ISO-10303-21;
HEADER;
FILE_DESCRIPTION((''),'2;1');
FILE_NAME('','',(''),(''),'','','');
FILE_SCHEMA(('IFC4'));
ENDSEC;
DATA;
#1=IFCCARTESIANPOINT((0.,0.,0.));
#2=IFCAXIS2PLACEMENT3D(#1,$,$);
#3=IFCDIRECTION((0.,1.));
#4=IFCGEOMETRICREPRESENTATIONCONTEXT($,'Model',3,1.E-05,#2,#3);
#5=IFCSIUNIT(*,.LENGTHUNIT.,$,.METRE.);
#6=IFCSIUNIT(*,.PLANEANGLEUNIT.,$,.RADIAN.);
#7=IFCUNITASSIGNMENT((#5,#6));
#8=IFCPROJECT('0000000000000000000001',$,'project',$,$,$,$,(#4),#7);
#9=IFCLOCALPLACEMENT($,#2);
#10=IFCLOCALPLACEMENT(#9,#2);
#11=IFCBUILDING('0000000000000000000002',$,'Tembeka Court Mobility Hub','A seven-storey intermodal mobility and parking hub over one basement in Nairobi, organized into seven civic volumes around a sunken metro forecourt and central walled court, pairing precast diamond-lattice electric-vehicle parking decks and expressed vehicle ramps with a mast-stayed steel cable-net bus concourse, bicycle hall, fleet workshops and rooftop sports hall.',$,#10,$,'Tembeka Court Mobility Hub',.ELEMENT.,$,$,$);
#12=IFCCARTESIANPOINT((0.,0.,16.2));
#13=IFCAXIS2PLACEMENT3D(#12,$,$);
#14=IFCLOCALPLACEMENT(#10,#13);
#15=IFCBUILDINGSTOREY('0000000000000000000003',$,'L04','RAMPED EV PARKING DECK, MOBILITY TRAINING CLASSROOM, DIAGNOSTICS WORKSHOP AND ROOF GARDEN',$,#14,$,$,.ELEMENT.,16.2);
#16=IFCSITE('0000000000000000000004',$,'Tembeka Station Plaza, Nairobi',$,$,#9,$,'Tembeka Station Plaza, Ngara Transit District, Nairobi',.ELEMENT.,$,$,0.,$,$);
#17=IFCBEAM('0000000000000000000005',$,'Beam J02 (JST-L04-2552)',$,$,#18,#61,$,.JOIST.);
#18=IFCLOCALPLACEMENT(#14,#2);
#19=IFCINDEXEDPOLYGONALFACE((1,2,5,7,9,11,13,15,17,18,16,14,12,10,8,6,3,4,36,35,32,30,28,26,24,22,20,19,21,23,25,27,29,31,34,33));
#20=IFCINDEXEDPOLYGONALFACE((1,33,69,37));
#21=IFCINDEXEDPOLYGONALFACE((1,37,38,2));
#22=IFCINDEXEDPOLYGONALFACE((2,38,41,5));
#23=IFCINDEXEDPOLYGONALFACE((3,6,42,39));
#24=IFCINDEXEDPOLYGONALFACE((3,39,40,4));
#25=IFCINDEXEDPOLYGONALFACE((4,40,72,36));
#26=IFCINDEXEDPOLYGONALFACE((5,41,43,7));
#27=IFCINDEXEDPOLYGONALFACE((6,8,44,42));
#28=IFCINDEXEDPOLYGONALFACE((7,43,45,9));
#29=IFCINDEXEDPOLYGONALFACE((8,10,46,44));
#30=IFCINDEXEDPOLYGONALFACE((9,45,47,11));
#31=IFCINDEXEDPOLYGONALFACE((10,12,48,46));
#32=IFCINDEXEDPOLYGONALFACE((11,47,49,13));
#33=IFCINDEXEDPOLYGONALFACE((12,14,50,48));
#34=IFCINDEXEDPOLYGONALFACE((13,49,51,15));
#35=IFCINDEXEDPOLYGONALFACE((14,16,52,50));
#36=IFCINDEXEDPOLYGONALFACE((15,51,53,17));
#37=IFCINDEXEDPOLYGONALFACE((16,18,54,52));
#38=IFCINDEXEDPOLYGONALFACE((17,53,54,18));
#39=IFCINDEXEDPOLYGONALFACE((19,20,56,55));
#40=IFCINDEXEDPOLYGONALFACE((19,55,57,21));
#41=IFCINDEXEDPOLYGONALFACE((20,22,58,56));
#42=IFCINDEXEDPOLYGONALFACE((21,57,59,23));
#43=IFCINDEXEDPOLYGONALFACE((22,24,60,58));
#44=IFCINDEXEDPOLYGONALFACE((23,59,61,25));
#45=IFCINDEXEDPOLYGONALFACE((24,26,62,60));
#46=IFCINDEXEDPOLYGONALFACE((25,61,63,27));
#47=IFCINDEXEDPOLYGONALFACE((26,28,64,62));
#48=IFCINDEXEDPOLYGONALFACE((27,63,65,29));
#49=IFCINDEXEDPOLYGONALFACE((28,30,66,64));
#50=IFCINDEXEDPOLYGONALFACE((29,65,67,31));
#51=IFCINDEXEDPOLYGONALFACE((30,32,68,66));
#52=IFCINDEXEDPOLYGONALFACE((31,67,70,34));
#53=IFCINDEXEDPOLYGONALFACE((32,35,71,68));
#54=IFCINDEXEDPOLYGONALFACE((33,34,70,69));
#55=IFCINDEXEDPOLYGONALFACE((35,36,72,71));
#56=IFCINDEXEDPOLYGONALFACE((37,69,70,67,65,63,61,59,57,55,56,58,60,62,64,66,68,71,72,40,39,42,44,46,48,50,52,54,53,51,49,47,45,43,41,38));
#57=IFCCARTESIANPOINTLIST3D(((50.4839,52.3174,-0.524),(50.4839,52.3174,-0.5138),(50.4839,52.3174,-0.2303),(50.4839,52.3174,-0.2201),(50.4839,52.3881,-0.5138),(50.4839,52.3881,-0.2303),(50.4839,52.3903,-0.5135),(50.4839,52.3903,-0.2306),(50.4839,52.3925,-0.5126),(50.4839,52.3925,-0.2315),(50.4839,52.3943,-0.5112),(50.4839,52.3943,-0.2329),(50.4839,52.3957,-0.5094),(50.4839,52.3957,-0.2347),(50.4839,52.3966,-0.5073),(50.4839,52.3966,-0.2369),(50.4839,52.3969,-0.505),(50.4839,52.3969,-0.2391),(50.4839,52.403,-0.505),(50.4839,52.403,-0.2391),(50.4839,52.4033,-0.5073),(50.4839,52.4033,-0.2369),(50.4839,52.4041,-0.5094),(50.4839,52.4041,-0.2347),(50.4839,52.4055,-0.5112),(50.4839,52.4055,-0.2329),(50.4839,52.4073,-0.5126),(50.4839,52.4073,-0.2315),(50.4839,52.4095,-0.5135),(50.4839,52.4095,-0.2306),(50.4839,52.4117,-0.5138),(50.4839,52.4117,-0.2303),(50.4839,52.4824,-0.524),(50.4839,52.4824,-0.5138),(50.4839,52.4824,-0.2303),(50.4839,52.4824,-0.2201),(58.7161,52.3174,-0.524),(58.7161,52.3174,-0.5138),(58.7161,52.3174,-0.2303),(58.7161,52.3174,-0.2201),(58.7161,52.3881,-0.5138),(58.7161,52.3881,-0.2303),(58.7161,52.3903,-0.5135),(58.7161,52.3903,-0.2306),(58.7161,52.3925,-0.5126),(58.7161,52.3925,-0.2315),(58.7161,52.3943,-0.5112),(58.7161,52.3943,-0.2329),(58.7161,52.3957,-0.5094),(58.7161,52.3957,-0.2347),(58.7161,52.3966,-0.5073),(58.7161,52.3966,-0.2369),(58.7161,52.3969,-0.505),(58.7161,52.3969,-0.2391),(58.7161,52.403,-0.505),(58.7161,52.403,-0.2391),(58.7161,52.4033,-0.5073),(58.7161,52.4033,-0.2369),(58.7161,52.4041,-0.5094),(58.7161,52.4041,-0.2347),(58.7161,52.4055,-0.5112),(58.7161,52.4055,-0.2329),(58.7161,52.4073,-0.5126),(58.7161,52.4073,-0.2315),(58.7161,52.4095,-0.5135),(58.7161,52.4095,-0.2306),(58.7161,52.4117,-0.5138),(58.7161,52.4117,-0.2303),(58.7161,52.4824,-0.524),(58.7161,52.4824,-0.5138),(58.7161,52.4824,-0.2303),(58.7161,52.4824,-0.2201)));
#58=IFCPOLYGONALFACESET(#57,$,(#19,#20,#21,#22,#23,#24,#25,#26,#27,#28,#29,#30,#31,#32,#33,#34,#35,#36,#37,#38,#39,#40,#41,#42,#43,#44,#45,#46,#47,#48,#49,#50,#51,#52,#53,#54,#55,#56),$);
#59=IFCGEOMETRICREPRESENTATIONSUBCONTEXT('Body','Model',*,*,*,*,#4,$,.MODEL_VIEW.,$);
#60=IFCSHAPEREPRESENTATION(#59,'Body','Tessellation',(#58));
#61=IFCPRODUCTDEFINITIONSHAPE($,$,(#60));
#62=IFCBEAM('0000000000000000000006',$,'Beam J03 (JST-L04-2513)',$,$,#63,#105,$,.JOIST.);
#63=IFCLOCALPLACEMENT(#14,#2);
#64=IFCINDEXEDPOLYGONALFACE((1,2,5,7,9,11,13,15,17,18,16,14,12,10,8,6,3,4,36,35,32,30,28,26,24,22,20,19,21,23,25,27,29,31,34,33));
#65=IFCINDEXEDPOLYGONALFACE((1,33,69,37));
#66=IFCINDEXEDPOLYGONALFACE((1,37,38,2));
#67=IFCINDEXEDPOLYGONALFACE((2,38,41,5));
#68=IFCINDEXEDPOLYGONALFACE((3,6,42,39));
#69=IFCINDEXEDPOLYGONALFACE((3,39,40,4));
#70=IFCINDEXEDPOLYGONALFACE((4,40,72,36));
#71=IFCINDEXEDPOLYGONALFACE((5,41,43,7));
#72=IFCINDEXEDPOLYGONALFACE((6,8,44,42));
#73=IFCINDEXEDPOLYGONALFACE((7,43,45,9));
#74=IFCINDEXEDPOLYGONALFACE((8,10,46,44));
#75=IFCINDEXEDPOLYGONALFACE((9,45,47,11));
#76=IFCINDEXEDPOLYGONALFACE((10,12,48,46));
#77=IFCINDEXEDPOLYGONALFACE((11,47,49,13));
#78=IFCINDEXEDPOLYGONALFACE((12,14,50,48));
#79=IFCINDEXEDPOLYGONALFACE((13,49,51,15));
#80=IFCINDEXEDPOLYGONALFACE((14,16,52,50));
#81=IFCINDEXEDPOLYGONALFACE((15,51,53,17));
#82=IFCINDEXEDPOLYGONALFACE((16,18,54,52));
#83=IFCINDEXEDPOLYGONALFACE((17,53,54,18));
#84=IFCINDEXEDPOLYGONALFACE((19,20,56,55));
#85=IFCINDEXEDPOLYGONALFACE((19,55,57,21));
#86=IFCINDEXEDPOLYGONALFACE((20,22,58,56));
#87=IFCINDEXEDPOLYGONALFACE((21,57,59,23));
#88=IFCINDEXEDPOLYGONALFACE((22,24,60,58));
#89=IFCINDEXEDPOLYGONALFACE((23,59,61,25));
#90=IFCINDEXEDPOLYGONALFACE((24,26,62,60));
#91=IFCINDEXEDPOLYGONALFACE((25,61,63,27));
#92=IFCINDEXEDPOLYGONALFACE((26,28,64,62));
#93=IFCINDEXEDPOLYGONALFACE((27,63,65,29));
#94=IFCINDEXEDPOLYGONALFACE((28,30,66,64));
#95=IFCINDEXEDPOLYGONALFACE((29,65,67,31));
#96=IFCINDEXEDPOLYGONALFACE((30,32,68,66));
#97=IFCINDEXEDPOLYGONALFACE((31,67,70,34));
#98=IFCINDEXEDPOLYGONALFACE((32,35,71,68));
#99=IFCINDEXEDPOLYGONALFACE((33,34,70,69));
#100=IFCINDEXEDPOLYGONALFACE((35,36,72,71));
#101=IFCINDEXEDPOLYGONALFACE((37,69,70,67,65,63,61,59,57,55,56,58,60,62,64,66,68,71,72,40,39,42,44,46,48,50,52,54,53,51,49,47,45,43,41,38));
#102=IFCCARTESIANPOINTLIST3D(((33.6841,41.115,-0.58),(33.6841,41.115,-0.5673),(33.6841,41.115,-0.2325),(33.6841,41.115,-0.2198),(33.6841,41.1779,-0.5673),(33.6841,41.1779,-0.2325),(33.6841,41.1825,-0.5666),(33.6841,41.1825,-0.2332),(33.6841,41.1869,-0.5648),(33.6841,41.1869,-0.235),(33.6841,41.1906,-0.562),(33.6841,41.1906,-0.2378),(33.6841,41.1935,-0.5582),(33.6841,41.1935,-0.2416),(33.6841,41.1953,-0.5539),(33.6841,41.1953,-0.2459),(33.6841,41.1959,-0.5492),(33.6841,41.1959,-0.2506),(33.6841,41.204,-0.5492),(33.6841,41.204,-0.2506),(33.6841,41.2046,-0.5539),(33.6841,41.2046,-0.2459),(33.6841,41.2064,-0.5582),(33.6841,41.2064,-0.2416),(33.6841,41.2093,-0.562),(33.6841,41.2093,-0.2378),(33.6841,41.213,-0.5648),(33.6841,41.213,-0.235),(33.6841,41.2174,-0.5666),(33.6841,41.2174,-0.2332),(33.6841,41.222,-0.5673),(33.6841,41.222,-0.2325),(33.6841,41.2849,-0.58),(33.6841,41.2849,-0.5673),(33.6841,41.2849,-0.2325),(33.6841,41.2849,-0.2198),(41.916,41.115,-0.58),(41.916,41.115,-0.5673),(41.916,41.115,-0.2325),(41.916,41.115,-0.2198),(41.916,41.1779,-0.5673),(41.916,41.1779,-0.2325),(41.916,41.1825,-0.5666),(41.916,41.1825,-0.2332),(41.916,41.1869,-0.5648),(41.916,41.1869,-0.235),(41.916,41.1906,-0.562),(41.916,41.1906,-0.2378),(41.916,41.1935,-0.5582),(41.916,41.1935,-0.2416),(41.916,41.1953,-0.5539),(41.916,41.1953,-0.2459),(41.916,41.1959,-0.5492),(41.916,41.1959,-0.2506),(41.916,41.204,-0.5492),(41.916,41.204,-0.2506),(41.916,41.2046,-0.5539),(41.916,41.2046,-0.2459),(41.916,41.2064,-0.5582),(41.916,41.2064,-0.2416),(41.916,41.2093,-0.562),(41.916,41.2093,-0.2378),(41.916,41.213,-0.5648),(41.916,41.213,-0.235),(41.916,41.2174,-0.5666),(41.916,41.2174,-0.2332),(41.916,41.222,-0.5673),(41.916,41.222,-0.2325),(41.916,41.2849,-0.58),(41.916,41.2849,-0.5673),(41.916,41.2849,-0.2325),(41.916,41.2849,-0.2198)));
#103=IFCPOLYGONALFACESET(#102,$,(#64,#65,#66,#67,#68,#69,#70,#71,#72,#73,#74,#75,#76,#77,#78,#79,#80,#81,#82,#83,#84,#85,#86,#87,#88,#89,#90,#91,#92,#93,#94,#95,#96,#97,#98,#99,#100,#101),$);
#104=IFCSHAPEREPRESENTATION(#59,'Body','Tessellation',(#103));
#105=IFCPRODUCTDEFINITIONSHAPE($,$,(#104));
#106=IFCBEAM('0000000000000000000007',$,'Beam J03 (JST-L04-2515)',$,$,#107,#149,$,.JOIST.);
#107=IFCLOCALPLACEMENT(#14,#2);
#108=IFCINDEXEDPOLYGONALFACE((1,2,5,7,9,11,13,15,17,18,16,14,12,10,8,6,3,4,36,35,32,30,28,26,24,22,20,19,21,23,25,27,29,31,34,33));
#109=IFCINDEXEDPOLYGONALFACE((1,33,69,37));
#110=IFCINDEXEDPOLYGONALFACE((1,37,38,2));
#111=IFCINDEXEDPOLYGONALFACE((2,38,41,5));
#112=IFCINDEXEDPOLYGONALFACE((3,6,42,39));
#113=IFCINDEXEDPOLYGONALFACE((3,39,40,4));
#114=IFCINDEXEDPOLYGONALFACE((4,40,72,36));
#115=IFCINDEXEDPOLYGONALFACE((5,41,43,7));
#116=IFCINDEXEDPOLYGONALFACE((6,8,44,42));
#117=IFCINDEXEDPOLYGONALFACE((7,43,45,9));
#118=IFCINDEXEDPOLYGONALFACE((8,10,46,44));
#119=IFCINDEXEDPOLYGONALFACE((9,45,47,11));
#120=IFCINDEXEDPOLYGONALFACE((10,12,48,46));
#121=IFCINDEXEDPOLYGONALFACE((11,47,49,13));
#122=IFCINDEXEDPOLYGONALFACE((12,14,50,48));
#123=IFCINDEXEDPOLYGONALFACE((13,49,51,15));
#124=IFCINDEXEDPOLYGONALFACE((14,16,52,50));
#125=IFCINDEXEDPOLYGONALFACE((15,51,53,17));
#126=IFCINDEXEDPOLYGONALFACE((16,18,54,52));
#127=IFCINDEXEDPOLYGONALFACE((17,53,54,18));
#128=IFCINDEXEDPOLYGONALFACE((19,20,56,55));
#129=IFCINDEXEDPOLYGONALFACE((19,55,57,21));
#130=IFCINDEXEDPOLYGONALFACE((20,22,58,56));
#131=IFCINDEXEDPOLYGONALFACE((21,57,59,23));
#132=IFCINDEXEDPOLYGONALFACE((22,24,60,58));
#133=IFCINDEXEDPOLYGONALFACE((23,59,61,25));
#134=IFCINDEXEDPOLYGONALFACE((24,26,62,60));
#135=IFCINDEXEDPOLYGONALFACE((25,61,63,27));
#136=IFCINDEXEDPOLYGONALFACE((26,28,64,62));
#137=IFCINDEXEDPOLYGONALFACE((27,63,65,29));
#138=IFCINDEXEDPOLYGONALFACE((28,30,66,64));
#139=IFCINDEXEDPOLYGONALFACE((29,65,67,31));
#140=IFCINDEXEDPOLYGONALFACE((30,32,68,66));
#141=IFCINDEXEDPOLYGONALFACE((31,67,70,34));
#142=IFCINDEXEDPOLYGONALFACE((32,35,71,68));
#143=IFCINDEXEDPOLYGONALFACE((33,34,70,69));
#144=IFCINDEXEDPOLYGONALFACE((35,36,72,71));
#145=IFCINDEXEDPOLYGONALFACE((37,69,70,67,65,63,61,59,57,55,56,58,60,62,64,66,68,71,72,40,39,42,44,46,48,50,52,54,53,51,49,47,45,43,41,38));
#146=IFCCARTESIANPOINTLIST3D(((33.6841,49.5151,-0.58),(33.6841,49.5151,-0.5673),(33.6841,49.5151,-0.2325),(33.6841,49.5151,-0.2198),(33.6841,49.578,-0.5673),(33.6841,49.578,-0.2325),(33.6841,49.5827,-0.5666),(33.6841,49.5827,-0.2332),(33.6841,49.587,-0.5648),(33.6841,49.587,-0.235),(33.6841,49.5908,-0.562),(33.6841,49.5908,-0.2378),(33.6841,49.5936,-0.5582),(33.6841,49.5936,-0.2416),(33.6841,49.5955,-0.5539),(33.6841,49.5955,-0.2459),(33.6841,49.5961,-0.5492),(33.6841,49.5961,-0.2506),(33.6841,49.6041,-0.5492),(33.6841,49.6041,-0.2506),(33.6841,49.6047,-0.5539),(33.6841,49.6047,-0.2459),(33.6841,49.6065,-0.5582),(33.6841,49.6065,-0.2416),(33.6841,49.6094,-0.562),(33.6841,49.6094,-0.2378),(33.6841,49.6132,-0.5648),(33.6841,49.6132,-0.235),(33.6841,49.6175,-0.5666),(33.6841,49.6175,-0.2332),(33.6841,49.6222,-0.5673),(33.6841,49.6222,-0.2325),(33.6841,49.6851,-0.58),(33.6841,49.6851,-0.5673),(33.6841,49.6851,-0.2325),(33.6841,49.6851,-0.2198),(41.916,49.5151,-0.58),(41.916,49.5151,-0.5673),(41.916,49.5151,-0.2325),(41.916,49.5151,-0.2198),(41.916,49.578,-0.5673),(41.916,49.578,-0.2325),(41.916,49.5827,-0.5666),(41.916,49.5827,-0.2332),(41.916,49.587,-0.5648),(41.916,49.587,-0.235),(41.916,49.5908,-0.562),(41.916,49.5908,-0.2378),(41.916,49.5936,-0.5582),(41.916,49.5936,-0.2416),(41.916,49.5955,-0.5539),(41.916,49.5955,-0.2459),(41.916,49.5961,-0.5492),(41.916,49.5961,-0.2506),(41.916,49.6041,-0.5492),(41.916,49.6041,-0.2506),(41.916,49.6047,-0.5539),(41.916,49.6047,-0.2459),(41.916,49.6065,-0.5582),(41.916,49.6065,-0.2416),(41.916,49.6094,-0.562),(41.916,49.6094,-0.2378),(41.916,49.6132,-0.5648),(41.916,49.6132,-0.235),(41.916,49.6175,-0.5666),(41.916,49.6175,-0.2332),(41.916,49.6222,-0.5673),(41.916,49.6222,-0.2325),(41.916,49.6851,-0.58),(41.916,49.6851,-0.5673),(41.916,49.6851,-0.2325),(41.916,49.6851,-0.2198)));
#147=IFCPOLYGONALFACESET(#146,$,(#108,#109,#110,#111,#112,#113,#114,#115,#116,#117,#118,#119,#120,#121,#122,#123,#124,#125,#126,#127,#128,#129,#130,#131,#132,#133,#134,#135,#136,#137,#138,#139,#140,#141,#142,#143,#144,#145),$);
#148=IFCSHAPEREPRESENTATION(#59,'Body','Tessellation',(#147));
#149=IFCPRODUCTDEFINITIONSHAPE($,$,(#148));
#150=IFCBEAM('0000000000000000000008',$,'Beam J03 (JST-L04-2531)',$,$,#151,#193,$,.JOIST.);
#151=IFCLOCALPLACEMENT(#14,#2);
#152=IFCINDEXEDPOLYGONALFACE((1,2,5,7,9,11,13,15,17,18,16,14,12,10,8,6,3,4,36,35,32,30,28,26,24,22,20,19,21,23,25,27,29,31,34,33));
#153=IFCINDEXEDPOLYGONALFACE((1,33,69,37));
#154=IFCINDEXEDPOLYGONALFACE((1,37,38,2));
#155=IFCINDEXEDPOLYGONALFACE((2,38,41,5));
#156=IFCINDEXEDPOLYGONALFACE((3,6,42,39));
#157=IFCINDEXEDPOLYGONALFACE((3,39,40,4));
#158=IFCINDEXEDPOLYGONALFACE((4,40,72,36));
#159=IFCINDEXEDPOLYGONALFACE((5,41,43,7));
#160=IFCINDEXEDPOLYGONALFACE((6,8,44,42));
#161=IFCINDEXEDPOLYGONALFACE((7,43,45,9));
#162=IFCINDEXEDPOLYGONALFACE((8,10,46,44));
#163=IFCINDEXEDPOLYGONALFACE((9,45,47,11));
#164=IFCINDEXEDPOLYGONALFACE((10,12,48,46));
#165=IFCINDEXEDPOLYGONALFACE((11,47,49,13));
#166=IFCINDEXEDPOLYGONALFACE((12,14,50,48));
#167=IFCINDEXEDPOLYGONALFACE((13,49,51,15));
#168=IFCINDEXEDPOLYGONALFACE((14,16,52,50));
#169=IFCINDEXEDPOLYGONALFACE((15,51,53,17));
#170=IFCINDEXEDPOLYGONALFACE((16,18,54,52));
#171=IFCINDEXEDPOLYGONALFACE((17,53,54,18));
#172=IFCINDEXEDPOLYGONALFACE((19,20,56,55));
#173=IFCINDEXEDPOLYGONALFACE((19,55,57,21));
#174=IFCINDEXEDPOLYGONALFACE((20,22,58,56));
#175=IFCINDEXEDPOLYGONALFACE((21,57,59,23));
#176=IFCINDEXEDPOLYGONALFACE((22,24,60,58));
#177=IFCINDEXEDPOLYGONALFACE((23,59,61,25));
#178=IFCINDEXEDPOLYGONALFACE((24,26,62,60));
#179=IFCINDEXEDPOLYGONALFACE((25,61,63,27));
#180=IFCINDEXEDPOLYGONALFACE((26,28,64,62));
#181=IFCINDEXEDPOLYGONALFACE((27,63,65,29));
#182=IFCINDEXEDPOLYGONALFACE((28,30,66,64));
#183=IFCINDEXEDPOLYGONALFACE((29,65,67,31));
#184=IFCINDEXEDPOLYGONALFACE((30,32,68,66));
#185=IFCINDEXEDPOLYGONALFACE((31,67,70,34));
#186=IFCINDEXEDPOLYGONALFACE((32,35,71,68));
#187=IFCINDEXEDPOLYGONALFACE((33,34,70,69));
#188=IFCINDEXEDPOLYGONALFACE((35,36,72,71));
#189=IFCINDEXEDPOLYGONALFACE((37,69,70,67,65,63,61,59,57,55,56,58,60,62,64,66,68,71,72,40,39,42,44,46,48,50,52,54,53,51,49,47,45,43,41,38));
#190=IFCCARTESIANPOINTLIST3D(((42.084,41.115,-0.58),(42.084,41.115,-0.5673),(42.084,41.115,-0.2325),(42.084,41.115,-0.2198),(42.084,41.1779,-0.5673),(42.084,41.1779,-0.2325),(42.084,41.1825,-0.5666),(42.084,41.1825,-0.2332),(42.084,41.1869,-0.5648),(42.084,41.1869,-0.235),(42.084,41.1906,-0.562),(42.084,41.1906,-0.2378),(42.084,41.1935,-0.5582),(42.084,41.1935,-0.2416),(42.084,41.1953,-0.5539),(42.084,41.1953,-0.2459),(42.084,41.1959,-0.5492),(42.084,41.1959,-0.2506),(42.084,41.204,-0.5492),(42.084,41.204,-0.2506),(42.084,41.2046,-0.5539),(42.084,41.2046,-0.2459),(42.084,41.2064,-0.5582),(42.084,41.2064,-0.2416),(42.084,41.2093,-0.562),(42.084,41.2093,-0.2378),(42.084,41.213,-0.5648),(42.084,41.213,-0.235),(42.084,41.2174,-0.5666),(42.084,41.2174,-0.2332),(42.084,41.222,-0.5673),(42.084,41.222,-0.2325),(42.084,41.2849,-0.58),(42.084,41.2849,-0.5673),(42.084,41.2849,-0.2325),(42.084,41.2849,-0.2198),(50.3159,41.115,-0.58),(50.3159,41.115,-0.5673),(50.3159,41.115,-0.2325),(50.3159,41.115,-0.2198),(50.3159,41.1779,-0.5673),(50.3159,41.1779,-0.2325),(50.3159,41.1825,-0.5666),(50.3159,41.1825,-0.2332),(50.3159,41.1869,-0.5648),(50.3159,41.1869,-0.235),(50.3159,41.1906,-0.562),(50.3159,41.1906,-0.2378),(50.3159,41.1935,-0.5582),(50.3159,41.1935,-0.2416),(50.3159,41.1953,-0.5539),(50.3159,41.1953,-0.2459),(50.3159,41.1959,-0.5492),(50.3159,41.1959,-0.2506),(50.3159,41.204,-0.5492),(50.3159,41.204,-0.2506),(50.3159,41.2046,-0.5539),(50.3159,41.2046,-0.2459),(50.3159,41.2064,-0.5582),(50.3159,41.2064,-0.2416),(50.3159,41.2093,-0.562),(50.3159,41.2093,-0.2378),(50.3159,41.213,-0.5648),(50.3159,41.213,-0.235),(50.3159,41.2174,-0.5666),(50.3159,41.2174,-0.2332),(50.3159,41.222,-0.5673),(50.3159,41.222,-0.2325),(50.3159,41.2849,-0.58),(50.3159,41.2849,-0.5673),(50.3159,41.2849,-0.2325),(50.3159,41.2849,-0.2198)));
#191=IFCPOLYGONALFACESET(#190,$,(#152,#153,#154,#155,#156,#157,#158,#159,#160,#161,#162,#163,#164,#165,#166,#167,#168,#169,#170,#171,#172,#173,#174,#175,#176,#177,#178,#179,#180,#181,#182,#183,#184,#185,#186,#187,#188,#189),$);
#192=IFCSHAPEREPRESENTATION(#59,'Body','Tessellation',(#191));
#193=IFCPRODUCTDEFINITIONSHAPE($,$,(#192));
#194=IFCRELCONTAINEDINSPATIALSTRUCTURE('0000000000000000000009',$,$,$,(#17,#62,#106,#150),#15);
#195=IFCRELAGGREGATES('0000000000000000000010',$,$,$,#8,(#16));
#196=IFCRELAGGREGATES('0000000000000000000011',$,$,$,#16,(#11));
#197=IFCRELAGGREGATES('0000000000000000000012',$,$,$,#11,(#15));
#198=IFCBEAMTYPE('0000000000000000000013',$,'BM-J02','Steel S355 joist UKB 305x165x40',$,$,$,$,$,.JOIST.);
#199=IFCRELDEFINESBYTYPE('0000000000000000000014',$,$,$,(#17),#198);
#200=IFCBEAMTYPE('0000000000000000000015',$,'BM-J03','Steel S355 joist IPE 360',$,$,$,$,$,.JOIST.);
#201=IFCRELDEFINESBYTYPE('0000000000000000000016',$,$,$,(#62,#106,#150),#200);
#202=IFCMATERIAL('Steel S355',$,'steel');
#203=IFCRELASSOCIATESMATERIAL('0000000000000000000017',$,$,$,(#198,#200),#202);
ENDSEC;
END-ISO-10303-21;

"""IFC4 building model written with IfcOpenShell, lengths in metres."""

from ifc_helpers import new_model, si_unit, direction, frame, origin, origin_2d, place, context, subcontext, project, spatial, i_section, extrude, material, material_profile, profile_set, type_object, element, save


model = new_model("IFC4")

# Units and contexts
model_context = context("Model", 3, precision=1e-05, world=origin(), true_north=direction((0.0, 1.0)))
body_context = subcontext(model_context, "Body", "Model", "MODEL_VIEW")
ifc_project = project(units=[si_unit("LENGTHUNIT", "METRE"), si_unit("PLANEANGLEUNIT", "RADIAN")], contexts=[model_context])

# Site, building, storey
site_placement = place(None, origin())
site = spatial("IfcSite", under=ifc_project, at=site_placement, Name="Tembeka Station Plaza, Nairobi", LongName="Tembeka Station Plaza, Ngara Transit District, Nairobi", CompositionType="ELEMENT", RefElevation=0.0)
building_placement = place(site_placement, origin())
building = spatial("IfcBuilding", under=site, at=building_placement, Name="Tembeka Court Mobility Hub", Description="A seven-storey intermodal mobility and parking hub over one basement in Nairobi, organized into seven civic volumes around a sunken metro forecourt and central walled court, pairing precast diamond-lattice electric-vehicle parking decks and expressed vehicle ramps with a mast-stayed steel cable-net bus concourse, bicycle hall, fleet workshops and rooftop sports hall.", LongName="Tembeka Court Mobility Hub", CompositionType="ELEMENT")
storey_placement = place(building_placement, frame((0.0, 0.0, 16.2)))
storey = spatial("IfcBuildingStorey", under=building, at=storey_placement, Name="L04", Description="RAMPED EV PARKING DECK, MOBILITY TRAINING CLASSROOM, DIAGNOSTICS WORKSHOP AND ROOF GARDEN", CompositionType="ELEMENT", Elevation=16.2)

# Shared definitions
ifc_material = material(Name="Steel S355", Category="steel")

# Beams
ifc_material_profile_1 = material_profile(ifc_material, i_section(OverallWidth=0.165, OverallDepth=0.304, WebThickness=0.0061, FlangeThickness=0.0103, FilletRadius=0.0088, at=origin_2d()), Name="UKB 305x165x40")
ifc_profile_set_1 = profile_set([ifc_material_profile_1], Name="Steel S355")
beam_type_1 = type_object("IfcBeamType", Name="BM-J02", Description="Steel S355 joist UKB 305x165x40", PredefinedType="JOIST", material=ifc_profile_set_1)
for number, where, z_axis, x_axis, name in (
    (1, (50.4839, 52.3999, -0.3721), (1.0, 0.0, 0.0), (0.0, 1.0, 0.0), "Beam J02 (JST-L04-2552)"),
):
    element("IfcBeam", number, at=place(storey_placement, frame(where, z_axis=z_axis, x_axis=x_axis)), inside=storey, type_object=beam_type_1, Name=name, PredefinedType="JOIST", context=body_context, shape_type="SweptSolid", body=[
        extrude(i_section(OverallWidth=0.165, OverallDepth=0.304, WebThickness=0.0061, FlangeThickness=0.0103, FilletRadius=0.0088, at=origin_2d()), origin(), (0.0, 0.0, 1.0), 8.2322),
    ])
ifc_material_profile_2 = material_profile(ifc_material, i_section(OverallWidth=0.1699, OverallDepth=0.3601, WebThickness=0.0081, FlangeThickness=0.0127, FilletRadius=0.0181, at=origin_2d()), Name="IPE 360")
ifc_profile_set_2 = profile_set([ifc_material_profile_2], Name="Steel S355")
beam_type_2 = type_object("IfcBeamType", Name="BM-J03", Description="Steel S355 joist IPE 360", PredefinedType="JOIST", material=ifc_profile_set_2)
for number, where, z_axis, x_axis, name in (
    (2, (33.6841, 41.2, -0.3999), (1.0, 0.0, 0.0), (0.0, 1.0, 0.0), "Beam J03 (JST-L04-2513)"),
    (3, (33.6841, 49.6001, -0.3999), (1.0, 0.0, 0.0), (0.0, 1.0, 0.0), "Beam J03 (JST-L04-2515)"),
    (4, (42.084, 41.2, -0.3999), (1.0, 0.0, 0.0), (0.0, 1.0, 0.0), "Beam J03 (JST-L04-2531)"),
):
    element("IfcBeam", number, at=place(storey_placement, frame(where, z_axis=z_axis, x_axis=x_axis)), inside=storey, type_object=beam_type_2, Name=name, PredefinedType="JOIST", context=body_context, shape_type="SweptSolid", body=[
        extrude(i_section(OverallWidth=0.1699, OverallDepth=0.3601, WebThickness=0.0081, FlangeThickness=0.0127, FilletRadius=0.0181, at=origin_2d()), origin(), (0.0, 0.0, 1.0), 8.2319),
    ])

save(model, "model.ifc")
